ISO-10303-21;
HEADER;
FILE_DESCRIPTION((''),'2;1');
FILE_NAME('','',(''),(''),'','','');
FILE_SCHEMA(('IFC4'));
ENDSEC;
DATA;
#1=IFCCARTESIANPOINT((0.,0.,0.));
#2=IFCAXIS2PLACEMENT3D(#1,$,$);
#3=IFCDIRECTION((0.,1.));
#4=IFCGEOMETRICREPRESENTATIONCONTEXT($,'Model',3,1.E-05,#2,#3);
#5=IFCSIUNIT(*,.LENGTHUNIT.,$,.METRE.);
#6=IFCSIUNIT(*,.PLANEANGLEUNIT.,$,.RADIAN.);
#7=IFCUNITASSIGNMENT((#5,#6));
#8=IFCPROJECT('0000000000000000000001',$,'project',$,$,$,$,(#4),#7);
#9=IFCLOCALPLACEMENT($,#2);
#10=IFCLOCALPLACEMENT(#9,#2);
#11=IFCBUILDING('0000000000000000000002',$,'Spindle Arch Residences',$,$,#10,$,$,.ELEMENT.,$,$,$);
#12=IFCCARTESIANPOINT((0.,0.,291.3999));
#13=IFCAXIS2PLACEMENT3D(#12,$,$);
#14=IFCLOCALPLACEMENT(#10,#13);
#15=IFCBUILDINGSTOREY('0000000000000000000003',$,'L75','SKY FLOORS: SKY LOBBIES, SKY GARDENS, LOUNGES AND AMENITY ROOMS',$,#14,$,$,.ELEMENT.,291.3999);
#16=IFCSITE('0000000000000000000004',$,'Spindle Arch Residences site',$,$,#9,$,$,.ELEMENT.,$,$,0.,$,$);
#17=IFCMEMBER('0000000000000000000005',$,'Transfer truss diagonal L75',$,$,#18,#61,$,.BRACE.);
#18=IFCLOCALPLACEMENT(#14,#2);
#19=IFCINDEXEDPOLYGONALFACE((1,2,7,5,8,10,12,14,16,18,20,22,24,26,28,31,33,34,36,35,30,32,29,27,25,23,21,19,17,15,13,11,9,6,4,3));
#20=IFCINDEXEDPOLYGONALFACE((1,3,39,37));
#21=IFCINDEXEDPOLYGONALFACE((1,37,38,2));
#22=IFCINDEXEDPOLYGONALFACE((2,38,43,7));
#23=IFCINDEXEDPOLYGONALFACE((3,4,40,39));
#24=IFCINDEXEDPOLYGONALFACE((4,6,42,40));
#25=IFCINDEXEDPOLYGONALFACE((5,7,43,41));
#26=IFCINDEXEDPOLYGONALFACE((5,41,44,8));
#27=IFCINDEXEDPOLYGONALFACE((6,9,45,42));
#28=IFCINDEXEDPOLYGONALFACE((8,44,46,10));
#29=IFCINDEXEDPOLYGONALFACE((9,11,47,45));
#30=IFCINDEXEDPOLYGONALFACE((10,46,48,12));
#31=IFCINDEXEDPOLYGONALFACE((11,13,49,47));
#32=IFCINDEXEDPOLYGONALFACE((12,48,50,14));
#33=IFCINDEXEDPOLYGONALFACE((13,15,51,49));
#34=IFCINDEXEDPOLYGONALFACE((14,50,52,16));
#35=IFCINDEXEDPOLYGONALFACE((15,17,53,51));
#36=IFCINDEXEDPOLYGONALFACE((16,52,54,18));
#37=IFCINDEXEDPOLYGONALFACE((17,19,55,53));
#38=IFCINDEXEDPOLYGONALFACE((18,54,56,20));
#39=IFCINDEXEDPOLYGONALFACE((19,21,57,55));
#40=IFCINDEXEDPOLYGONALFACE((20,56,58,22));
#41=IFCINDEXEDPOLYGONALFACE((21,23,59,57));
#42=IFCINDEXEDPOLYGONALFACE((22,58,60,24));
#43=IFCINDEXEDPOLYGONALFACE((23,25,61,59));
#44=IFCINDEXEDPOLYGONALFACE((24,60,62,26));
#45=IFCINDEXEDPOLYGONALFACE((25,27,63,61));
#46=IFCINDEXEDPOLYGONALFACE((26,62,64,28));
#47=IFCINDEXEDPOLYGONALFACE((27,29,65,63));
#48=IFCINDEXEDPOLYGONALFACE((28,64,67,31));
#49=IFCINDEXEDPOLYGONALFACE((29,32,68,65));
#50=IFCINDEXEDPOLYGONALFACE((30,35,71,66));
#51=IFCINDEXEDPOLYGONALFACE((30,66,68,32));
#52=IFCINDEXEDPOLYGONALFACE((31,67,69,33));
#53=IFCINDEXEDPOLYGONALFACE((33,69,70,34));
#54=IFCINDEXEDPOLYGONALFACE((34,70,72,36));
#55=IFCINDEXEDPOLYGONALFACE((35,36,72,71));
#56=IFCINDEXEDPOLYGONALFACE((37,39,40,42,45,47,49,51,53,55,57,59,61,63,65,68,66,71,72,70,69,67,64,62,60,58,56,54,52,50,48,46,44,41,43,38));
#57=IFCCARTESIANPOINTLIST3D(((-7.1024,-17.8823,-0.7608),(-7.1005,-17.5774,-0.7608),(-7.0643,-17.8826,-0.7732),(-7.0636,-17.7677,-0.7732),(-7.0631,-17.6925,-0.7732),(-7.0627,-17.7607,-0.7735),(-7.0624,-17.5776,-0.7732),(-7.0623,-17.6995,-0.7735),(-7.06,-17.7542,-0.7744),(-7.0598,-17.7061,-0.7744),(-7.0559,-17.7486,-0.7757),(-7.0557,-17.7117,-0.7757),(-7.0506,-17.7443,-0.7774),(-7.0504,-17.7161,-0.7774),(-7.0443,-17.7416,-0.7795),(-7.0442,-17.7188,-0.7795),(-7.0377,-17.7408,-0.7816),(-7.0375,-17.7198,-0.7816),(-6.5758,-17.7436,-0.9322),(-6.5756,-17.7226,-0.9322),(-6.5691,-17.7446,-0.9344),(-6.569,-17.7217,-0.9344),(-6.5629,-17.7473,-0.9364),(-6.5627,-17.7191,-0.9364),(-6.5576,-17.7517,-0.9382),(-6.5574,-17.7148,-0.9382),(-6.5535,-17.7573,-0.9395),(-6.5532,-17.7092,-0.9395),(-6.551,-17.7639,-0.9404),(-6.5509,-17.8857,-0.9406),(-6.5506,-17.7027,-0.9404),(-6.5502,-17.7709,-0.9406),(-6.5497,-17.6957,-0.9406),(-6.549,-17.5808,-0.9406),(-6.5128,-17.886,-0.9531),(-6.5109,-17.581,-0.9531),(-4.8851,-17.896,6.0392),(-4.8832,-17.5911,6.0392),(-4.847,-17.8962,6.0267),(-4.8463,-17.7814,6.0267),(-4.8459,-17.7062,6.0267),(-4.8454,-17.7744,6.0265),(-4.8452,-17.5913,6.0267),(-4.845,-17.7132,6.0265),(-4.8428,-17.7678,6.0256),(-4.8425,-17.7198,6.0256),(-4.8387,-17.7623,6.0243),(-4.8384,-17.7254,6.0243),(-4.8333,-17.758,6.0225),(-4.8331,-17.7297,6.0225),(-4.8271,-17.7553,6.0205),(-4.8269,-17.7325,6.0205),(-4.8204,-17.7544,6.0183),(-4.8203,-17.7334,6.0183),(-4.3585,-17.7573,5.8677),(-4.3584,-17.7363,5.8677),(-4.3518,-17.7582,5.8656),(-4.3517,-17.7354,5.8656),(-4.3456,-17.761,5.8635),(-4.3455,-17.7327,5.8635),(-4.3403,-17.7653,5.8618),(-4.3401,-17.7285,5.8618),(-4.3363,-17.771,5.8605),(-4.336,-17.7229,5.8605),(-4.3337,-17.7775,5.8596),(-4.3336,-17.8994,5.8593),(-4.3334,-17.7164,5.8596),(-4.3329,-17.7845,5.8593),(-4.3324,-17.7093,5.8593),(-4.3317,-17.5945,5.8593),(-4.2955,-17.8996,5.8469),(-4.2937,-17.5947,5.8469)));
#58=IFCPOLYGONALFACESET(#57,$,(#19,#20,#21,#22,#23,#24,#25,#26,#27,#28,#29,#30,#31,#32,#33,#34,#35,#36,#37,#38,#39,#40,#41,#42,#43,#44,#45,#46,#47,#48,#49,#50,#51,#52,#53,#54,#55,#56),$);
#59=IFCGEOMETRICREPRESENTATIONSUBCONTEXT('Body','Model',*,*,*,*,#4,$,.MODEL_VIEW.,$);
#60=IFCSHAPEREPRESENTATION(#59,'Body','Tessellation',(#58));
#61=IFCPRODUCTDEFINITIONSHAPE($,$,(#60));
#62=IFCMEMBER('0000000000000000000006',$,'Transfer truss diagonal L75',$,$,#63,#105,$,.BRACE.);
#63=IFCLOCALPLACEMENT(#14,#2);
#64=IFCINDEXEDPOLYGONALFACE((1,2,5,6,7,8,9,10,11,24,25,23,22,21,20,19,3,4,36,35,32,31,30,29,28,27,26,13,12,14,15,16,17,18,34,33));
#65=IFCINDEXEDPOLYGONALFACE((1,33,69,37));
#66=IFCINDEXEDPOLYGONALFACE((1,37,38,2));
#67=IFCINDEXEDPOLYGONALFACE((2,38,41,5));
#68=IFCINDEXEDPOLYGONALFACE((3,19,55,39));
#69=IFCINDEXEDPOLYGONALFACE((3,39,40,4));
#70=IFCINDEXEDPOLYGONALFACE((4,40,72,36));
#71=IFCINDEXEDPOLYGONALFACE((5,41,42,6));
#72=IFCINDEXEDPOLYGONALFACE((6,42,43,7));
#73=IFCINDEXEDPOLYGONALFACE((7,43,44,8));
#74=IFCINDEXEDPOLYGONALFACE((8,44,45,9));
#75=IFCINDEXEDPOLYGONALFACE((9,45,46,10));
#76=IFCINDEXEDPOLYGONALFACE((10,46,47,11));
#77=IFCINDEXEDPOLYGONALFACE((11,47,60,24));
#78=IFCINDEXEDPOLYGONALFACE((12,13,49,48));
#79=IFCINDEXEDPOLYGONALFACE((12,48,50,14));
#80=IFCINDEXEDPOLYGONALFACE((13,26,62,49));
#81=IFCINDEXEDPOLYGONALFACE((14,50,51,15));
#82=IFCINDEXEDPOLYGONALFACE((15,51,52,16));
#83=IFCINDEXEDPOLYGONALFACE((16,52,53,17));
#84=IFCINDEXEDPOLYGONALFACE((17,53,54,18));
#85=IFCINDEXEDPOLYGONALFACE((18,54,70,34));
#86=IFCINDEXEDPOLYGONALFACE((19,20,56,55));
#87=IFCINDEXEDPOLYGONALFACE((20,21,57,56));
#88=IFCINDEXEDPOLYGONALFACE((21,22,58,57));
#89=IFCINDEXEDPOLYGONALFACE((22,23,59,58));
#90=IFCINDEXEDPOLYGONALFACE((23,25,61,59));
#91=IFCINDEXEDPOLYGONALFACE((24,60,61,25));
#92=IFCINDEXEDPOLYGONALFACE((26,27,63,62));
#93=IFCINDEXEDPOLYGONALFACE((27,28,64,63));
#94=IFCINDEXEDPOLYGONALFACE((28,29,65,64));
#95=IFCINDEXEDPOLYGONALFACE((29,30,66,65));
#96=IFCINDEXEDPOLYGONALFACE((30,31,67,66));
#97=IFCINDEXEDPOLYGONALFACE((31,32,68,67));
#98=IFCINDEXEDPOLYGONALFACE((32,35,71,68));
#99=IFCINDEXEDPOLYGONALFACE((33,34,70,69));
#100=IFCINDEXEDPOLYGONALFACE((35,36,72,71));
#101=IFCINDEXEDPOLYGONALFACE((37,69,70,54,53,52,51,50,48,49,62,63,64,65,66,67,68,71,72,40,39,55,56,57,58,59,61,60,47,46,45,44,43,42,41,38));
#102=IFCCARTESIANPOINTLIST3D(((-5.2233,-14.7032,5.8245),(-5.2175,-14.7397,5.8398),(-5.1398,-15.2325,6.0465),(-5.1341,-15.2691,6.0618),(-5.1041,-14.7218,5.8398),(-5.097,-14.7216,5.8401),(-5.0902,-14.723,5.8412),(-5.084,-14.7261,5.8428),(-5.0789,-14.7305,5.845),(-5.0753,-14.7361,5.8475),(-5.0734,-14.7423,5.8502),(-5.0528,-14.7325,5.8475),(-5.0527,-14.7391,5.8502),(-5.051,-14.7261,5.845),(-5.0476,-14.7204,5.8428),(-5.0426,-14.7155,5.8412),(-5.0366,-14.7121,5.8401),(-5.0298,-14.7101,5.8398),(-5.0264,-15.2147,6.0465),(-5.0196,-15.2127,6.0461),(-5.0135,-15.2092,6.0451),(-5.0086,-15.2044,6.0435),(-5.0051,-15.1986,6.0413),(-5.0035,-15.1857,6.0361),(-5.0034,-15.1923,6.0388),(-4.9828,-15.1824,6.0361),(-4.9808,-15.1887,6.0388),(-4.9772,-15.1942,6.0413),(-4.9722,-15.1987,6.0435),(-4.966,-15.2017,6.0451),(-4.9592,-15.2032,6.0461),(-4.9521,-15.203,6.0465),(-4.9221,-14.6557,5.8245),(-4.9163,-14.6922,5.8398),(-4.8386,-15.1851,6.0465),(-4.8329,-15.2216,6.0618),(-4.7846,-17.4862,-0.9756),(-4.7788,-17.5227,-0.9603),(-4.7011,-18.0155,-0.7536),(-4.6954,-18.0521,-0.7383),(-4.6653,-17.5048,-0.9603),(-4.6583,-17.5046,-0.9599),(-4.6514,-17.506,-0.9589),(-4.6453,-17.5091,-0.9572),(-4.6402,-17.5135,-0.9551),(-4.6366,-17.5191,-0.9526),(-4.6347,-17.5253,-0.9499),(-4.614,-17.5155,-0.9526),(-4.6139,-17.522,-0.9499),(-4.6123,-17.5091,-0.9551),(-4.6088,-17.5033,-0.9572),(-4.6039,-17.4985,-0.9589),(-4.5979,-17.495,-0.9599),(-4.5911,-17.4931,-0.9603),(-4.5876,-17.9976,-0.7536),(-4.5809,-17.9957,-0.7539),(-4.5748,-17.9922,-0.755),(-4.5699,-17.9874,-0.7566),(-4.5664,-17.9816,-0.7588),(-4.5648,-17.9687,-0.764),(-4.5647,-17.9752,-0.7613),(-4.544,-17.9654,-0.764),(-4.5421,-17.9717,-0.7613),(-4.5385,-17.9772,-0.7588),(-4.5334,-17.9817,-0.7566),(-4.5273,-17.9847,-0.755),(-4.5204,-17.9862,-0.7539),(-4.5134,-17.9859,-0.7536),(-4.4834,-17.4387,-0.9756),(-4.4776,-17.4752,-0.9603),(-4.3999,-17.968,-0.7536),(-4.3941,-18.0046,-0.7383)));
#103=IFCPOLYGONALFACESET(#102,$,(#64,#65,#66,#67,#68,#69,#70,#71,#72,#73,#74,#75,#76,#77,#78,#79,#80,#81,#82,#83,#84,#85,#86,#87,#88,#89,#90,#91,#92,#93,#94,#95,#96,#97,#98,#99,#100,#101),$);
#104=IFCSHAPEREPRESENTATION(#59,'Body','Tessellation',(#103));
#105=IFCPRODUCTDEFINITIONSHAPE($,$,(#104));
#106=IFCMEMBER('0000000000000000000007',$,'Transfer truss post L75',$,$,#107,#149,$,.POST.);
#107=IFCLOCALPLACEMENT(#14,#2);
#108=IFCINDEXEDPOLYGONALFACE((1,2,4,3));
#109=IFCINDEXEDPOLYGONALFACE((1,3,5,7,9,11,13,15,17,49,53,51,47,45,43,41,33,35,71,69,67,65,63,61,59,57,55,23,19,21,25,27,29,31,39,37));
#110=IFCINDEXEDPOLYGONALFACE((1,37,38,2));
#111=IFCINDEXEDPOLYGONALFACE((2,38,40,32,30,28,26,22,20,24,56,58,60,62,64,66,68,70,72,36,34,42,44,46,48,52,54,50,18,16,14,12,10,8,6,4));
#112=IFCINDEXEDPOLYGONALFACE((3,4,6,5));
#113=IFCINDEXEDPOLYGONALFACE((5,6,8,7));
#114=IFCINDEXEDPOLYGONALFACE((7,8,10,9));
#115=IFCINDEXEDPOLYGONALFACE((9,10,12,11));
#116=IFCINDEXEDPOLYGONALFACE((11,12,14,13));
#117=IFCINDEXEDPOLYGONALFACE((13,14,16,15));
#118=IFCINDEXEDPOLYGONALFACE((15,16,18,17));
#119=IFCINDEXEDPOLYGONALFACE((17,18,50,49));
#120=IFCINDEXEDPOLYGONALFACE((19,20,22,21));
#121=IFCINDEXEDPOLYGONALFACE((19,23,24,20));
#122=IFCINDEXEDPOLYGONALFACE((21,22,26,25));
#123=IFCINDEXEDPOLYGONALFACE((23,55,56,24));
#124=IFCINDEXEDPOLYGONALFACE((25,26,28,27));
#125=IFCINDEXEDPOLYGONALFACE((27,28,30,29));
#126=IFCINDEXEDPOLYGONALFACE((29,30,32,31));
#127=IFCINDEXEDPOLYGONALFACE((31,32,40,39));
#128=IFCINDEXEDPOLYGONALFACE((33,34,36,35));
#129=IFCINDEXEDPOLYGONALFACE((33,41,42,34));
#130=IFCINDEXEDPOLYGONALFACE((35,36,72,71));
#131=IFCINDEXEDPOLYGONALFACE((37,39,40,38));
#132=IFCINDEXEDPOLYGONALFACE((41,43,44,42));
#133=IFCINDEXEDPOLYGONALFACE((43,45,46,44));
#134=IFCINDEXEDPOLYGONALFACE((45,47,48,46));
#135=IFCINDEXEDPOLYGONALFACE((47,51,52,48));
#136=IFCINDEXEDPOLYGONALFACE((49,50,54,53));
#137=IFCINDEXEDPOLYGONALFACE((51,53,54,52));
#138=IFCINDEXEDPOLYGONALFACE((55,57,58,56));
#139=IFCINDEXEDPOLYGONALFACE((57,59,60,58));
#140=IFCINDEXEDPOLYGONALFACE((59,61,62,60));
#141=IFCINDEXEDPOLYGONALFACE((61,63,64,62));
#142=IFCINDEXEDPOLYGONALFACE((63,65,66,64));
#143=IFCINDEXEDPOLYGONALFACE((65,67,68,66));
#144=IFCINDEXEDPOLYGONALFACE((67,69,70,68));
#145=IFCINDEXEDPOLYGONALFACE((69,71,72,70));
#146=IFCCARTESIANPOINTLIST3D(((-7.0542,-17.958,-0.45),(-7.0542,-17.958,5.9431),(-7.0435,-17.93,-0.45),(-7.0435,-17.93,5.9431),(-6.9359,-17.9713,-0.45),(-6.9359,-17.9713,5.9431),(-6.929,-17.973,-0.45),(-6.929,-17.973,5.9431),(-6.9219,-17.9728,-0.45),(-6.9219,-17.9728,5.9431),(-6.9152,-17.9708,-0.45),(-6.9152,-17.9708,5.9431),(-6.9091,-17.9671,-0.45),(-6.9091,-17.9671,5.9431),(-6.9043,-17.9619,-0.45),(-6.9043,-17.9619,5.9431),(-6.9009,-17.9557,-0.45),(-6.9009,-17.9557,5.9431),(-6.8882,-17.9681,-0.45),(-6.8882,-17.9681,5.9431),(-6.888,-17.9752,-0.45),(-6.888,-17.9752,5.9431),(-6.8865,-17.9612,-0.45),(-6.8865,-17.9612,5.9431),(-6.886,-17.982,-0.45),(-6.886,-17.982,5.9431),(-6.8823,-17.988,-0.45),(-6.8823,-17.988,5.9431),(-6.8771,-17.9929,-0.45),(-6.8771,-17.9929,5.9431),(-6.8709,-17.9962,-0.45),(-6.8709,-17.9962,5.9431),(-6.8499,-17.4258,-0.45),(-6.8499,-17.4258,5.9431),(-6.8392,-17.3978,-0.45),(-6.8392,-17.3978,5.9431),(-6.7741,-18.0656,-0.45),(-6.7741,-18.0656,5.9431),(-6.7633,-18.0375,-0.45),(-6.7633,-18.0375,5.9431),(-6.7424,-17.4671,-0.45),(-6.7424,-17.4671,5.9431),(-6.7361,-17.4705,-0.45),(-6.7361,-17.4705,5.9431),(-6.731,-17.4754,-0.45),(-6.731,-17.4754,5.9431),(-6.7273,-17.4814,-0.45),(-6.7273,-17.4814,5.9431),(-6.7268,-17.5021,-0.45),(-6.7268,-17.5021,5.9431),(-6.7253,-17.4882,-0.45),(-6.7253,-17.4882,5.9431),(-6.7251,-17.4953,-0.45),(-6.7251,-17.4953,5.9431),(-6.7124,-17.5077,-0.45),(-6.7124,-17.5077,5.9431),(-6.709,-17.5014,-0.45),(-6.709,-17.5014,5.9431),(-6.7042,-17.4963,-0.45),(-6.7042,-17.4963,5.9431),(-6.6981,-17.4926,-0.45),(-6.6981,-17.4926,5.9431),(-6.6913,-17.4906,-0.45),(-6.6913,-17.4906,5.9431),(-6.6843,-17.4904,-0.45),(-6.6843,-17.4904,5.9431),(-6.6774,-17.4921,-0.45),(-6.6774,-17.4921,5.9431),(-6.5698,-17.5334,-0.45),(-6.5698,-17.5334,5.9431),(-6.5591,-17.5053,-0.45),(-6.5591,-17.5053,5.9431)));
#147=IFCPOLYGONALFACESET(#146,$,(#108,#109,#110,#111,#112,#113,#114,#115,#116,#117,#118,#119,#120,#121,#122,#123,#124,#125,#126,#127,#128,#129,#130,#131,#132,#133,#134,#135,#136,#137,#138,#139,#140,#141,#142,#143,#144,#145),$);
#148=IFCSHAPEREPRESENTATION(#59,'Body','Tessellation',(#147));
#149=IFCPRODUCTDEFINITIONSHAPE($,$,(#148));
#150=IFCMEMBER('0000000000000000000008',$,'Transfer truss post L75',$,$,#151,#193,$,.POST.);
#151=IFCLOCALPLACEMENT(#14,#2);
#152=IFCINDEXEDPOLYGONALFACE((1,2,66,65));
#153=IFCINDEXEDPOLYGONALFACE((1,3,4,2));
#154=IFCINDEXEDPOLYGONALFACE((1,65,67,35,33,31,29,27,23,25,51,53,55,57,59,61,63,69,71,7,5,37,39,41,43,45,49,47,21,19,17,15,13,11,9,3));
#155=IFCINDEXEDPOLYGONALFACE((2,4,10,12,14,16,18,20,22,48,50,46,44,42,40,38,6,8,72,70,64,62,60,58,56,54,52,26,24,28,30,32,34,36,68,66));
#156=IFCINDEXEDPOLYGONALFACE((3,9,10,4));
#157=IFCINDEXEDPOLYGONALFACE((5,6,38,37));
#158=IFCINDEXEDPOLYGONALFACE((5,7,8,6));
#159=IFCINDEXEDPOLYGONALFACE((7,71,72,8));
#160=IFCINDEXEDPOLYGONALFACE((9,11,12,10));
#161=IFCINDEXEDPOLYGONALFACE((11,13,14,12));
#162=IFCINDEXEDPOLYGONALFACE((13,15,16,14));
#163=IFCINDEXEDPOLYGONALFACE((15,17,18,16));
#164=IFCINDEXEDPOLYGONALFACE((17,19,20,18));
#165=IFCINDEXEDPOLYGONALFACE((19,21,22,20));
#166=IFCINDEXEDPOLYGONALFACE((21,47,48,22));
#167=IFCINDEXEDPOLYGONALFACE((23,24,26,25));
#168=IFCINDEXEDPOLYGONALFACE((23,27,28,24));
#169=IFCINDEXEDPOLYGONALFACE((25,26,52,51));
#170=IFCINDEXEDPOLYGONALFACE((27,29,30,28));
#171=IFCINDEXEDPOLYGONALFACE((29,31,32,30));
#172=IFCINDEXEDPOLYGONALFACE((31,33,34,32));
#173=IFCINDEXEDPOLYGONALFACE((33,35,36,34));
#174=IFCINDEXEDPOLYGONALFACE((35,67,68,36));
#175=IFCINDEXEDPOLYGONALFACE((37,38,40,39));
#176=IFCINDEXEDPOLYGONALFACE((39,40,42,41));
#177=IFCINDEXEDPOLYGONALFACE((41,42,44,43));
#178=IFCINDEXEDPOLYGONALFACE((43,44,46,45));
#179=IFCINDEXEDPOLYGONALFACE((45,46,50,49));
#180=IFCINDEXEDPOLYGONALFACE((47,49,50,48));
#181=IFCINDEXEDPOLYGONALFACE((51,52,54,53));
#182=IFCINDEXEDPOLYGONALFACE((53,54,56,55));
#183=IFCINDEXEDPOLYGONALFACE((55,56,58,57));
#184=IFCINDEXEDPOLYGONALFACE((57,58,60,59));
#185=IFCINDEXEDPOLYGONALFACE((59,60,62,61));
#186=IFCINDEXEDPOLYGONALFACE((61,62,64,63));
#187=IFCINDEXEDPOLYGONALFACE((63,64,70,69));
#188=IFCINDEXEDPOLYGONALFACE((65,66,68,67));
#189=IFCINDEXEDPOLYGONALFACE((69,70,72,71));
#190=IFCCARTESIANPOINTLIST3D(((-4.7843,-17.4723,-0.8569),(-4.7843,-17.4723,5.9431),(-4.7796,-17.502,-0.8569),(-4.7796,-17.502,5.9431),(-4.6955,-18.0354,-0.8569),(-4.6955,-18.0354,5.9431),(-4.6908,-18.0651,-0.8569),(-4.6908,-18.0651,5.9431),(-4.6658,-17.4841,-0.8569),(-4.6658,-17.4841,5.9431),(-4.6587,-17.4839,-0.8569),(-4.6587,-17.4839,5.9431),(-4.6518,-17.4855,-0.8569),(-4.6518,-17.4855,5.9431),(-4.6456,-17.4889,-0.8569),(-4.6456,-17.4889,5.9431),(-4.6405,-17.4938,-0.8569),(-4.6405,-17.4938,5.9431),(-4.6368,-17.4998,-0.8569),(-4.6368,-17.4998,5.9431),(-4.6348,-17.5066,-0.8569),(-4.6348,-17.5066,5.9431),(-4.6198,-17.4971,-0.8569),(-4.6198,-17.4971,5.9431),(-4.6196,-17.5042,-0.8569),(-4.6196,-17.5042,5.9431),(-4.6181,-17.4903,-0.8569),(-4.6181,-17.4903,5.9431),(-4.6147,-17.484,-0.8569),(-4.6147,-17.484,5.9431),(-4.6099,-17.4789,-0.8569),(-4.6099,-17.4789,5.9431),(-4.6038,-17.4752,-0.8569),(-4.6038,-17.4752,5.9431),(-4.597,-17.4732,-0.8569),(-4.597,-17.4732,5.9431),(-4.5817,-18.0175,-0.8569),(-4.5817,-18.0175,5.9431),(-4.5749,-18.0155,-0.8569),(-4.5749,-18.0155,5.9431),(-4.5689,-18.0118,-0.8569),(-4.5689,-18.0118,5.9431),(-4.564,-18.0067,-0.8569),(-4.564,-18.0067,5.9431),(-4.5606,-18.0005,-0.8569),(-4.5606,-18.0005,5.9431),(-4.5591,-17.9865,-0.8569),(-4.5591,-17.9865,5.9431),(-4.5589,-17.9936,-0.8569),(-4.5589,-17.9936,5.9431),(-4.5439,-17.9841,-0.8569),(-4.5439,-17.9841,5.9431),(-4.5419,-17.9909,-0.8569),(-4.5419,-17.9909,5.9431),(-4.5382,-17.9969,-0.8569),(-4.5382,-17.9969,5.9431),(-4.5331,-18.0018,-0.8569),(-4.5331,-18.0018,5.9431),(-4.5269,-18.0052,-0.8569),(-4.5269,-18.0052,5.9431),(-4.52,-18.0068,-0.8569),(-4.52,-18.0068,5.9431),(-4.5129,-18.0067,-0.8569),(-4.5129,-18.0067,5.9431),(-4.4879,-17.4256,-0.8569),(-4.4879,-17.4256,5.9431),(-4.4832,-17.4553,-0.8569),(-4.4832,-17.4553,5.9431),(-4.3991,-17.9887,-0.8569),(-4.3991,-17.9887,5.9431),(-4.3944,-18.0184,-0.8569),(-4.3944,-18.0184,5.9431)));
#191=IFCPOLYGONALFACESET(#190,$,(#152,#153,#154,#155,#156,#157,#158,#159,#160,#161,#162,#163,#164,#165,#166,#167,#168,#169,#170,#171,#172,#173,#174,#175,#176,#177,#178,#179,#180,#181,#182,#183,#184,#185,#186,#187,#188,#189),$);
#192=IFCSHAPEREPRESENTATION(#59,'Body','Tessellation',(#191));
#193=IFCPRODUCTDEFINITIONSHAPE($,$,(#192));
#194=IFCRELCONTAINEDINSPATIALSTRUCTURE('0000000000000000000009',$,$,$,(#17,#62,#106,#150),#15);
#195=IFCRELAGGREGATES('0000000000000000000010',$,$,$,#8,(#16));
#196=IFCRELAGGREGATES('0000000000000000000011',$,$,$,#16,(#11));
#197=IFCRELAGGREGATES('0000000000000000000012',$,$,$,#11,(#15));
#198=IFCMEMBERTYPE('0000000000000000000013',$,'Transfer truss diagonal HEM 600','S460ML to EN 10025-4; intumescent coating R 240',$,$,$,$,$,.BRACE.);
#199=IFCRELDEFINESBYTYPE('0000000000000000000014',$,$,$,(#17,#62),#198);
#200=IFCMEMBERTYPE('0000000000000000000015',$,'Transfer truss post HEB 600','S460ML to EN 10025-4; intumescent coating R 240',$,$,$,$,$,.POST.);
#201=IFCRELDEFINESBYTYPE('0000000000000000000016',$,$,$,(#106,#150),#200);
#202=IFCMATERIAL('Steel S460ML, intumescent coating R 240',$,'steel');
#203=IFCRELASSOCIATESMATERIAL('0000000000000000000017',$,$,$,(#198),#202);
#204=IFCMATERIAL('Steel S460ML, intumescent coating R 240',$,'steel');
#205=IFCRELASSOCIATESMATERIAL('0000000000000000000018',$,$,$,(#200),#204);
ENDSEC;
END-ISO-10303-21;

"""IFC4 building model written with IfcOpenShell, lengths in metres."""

from ifc_helpers import new_model, si_unit, direction, frame, origin, origin_2d, place, context, subcontext, project, spatial, i_section, extrude, material, material_profile, profile_set, type_object, element, save


model = new_model("IFC4")

# Units and contexts
model_context = context("Model", 3, precision=1e-05, world=origin(), true_north=direction((0.0, 1.0)))
body_context = subcontext(model_context, "Body", "Model", "MODEL_VIEW")
ifc_project = project(units=[si_unit("LENGTHUNIT", "METRE"), si_unit("PLANEANGLEUNIT", "RADIAN")], contexts=[model_context])

# Site, building, storey
site_placement = place(None, origin())
site = spatial("IfcSite", under=ifc_project, at=site_placement, Name="Spindle Arch Residences site", CompositionType="ELEMENT", RefElevation=0.0)
building_placement = place(site_placement, origin())
building = spatial("IfcBuilding", under=site, at=building_placement, Name="Spindle Arch Residences", CompositionType="ELEMENT")
storey_placement = place(building_placement, frame((0.0, 0.0, 291.3999)))
storey = spatial("IfcBuildingStorey", under=building, at=storey_placement, Name="L75", Description="SKY FLOORS: SKY LOBBIES, SKY GARDENS, LOUNGES AND AMENITY ROOMS", CompositionType="ELEMENT", Elevation=291.3999)

# Members
ifc_material_1 = material(Name="Steel S460ML, intumescent coating R 240", Category="steel")
ifc_material_profile_1 = material_profile(ifc_material_1, i_section(OverallWidth=0.3049, OverallDepth=0.6201, WebThickness=0.021, FlangeThickness=0.04, FilletRadius=0.0271, at=origin_2d()), Name="HEM 600")
ifc_profile_set_1 = profile_set([ifc_material_profile_1], Name="Steel S460ML, intumescent coating R 240")
member_type_1 = type_object("IfcMemberType", Name="Transfer truss diagonal HEM 600", Description="S460ML to EN 10025-4; intumescent coating R 240", PredefinedType="BRACE", material=ifc_profile_set_1)
member_1_placement = place(storey_placement, frame((-6.8066, -17.7317, -0.8569), z_axis=(0.310005, -0.001912, 0.950733), x_axis=(0.006166, 0.999981, 0.0)))
element("IfcMember", 1, at=member_1_placement, inside=storey, type_object=member_type_1, Name="Transfer truss diagonal L75", PredefinedType="BRACE", context=body_context, shape_type="SweptSolid", body=[
    extrude(i_section(OverallWidth=0.3049, OverallDepth=0.6201, WebThickness=0.021, FlangeThickness=0.04, FilletRadius=0.0271, at=origin_2d()), origin(), (0.0, 0.0, 1.0), 7.1523),
])
member_2_placement = place(storey_placement, frame((-4.5894, -17.7454, -0.8569), z_axis=(-0.059604, 0.37809, 0.923848), x_axis=(-0.987801, -0.155722, 0.0)))
element("IfcMember", 2, at=member_2_placement, inside=storey, type_object=member_type_1, Name="Transfer truss diagonal L75", PredefinedType="BRACE", context=body_context, shape_type="SweptSolid", body=[
    extrude(i_section(OverallWidth=0.3049, OverallDepth=0.6201, WebThickness=0.021, FlangeThickness=0.04, FilletRadius=0.0271, at=origin_2d()), origin(), (0.0, 0.0, 1.0), 7.3606),
])
ifc_material_2 = material(Name="Steel S460ML, intumescent coating R 240", Category="steel")
ifc_material_profile_2 = material_profile(ifc_material_2, i_section(OverallWidth=0.3, OverallDepth=0.6001, WebThickness=0.0154, FlangeThickness=0.03, FilletRadius=0.0271, at=origin_2d()), Name="HEB 600")
ifc_profile_set_2 = profile_set([ifc_material_profile_2], Name="Steel S460ML, intumescent coating R 240")
member_type_2 = type_object("IfcMemberType", Name="Transfer truss post HEB 600", Description="S460ML to EN 10025-4; intumescent coating R 240", PredefinedType="POST", material=ifc_profile_set_2)
member_3_placement = place(storey_placement, frame((-6.8066, -17.7317, -0.45), z_axis=(0.0, 0.0, 1.0), x_axis=(-0.93358, 0.35837, 0.0)))
element("IfcMember", 3, at=member_3_placement, inside=storey, type_object=member_type_2, Name="Transfer truss post L75", PredefinedType="POST", context=body_context, shape_type="SweptSolid", body=[
    extrude(i_section(OverallWidth=0.3, OverallDepth=0.6001, WebThickness=0.0154, FlangeThickness=0.03, FilletRadius=0.0271, at=origin_2d()), origin(), (0.0, 0.0, 1.0), 6.3931),
])
member_4_placement = place(storey_placement, frame((-4.5894, -17.7454, -0.8569), z_axis=(0.0, 0.0, 1.0), x_axis=(-0.9878, -0.155727, 0.0)))
element("IfcMember", 4, at=member_4_placement, inside=storey, type_object=member_type_2, Name="Transfer truss post L75", PredefinedType="POST", context=body_context, shape_type="SweptSolid", body=[
    extrude(i_section(OverallWidth=0.3, OverallDepth=0.6001, WebThickness=0.0154, FlangeThickness=0.03, FilletRadius=0.0271, at=origin_2d()), origin(), (0.0, 0.0, 1.0), 6.8),
])

save(model, "model.ifc")
